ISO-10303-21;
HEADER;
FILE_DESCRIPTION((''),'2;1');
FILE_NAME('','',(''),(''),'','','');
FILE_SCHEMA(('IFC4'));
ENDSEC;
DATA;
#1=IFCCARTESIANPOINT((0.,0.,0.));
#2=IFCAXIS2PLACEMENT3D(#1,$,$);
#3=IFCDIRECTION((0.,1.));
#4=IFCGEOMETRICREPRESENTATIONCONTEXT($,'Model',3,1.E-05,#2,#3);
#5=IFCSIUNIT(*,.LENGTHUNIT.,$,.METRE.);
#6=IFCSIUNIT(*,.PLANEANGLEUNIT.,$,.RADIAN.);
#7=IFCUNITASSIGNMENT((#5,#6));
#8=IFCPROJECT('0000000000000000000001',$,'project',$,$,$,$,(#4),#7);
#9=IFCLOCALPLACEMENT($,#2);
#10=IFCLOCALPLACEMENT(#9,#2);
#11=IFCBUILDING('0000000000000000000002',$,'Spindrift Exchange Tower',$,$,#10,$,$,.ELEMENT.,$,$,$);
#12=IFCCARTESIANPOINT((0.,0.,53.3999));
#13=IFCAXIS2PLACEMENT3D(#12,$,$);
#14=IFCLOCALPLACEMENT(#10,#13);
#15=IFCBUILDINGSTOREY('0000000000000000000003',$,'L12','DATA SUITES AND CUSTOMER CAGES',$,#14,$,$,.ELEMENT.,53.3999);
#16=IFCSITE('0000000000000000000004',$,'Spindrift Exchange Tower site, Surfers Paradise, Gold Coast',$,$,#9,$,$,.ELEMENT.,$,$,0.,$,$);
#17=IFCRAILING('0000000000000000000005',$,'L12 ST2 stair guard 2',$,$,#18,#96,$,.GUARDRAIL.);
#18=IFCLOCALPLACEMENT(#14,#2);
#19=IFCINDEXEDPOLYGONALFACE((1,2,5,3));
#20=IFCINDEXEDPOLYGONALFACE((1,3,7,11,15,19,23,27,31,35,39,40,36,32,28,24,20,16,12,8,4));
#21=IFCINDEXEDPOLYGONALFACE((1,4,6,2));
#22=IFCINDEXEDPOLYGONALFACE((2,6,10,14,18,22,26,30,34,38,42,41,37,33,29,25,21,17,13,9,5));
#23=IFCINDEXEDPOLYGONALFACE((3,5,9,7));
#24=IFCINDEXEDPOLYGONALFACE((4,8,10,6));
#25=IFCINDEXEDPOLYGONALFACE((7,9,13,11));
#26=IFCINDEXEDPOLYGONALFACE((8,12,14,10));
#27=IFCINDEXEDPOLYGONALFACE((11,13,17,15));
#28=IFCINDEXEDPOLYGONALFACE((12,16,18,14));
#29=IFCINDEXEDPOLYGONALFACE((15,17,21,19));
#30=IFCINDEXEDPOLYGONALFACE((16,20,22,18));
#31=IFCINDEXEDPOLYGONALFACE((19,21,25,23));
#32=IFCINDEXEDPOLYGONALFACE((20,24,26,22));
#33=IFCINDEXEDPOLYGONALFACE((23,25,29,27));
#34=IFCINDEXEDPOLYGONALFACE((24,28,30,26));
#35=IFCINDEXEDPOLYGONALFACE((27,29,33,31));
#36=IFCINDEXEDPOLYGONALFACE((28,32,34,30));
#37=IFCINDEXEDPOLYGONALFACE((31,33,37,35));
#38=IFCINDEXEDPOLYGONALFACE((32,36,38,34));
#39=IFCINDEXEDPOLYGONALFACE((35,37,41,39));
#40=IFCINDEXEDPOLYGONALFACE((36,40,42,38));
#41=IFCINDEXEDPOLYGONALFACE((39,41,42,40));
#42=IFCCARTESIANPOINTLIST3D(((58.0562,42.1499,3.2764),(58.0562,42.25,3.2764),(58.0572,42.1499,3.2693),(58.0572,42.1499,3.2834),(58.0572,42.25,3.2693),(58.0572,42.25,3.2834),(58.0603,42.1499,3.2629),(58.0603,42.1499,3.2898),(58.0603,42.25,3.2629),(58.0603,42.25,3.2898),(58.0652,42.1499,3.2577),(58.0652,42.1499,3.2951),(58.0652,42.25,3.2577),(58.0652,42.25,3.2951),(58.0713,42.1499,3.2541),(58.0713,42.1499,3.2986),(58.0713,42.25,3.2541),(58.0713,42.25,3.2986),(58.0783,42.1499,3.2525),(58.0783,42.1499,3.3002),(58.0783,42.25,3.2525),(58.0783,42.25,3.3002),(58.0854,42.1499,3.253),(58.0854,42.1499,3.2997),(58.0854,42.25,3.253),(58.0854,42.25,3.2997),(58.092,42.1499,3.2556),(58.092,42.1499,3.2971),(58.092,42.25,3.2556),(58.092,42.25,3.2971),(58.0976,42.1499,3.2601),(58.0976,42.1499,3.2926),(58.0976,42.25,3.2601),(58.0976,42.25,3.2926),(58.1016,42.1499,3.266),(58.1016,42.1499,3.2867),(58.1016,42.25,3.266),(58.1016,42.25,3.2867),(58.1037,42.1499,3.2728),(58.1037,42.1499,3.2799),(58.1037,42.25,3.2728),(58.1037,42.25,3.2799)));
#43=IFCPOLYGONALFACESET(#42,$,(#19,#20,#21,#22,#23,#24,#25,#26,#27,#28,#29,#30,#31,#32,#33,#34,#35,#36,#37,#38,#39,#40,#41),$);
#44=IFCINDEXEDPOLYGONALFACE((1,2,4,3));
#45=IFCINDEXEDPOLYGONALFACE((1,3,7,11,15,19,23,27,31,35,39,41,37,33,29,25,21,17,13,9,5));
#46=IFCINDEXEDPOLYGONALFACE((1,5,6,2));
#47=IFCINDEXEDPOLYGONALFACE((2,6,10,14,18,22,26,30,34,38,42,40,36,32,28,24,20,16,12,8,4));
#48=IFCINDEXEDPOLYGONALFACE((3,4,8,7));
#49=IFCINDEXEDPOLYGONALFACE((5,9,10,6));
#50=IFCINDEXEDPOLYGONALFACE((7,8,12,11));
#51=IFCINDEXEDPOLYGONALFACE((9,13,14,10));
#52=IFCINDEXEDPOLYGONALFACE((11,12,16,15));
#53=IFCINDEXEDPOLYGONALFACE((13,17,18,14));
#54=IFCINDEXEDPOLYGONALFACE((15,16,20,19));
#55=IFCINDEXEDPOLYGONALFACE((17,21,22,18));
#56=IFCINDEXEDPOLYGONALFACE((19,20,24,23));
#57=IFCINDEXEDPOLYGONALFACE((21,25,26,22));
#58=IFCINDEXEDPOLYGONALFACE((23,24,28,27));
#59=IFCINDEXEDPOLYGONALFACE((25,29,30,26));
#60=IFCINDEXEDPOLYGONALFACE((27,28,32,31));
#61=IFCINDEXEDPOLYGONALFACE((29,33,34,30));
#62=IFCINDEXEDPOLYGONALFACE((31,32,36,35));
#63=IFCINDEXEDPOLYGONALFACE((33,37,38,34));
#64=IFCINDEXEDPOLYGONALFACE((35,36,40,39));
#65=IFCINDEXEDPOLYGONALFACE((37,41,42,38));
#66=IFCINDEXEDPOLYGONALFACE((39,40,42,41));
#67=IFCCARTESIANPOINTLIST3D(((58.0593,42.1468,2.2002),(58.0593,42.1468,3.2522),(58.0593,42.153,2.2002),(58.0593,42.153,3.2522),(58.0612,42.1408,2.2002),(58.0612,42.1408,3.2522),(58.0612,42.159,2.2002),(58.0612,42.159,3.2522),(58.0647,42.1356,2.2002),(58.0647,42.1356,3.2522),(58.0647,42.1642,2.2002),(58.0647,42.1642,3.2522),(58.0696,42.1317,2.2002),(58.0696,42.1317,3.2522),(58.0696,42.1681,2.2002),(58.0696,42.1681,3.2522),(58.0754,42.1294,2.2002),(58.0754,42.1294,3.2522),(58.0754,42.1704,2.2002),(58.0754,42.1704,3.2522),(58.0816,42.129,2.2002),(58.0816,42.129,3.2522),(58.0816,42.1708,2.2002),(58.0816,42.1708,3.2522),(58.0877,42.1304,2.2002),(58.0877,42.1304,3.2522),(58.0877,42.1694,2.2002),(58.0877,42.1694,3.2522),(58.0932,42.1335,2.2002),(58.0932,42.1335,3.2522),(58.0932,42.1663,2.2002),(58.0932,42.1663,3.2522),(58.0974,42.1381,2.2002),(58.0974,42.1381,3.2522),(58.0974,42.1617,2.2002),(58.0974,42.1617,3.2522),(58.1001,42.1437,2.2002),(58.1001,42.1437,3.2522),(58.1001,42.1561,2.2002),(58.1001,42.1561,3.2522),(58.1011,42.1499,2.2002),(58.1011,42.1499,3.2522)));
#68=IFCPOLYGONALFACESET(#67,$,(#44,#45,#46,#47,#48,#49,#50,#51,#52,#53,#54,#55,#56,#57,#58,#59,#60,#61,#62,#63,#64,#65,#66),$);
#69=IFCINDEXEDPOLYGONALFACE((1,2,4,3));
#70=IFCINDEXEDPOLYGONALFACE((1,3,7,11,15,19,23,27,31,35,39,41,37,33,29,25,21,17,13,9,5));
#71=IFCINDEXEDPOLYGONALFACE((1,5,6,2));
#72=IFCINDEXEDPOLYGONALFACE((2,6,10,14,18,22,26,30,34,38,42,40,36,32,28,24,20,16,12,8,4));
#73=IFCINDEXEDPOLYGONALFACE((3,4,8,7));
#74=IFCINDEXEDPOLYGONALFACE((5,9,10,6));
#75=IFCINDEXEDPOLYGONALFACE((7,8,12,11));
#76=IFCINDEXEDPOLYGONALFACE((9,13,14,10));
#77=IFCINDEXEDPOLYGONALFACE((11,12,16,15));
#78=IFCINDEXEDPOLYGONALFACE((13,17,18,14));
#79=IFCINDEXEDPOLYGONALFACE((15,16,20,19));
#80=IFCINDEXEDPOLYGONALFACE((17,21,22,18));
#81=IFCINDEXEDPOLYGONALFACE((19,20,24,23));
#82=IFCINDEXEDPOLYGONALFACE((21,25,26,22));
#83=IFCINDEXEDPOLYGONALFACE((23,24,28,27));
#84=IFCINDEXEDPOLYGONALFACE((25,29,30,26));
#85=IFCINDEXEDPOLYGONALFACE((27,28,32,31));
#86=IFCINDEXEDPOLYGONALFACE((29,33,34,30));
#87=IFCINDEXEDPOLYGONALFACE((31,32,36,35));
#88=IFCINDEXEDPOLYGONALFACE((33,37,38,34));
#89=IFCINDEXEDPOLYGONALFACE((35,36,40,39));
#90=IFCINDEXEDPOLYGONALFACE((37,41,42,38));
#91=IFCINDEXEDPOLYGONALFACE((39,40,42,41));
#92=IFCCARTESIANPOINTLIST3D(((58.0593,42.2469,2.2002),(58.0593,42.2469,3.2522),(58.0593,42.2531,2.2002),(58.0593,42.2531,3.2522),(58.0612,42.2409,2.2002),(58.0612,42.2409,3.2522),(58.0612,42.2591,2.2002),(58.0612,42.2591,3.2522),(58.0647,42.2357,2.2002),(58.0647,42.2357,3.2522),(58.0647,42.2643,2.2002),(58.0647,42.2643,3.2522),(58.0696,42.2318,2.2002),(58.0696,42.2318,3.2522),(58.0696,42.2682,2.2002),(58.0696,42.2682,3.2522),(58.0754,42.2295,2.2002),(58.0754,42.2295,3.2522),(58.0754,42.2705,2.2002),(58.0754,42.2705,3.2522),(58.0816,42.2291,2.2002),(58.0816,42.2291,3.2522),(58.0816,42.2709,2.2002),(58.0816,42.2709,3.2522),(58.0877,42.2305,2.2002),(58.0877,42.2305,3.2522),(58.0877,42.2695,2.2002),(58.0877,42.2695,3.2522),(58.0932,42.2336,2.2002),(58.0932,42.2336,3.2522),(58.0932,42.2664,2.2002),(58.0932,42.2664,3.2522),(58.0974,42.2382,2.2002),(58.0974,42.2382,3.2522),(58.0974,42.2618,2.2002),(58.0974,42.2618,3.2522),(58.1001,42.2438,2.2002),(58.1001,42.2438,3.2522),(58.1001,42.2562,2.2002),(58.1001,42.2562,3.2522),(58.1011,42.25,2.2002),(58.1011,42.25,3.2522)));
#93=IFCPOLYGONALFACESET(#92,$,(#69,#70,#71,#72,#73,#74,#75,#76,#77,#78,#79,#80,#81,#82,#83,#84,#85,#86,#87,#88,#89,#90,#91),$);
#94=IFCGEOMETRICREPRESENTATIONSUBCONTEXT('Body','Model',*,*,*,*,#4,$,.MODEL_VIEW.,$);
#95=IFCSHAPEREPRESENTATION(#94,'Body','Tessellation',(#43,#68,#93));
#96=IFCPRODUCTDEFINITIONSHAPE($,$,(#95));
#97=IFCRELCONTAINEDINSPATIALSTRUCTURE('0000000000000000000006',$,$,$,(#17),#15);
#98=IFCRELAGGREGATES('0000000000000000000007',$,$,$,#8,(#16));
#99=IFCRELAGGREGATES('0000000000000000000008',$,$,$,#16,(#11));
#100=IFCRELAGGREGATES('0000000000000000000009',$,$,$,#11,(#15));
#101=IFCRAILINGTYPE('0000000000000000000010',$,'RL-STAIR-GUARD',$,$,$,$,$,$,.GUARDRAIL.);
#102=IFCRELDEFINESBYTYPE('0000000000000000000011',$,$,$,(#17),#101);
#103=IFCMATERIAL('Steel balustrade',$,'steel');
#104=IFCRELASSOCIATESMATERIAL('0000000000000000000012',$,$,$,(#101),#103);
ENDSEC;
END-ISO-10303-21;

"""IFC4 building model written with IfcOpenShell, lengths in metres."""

from ifc_helpers import new_model, si_unit, direction, frame, origin, origin_2d, place, context, subcontext, project, spatial, circle, extrude, material, type_object, element, save


model = new_model("IFC4")

# Units and contexts
model_context = context("Model", 3, precision=1e-05, world=origin(), true_north=direction((0.0, 1.0)))
body_context = subcontext(model_context, "Body", "Model", "MODEL_VIEW")
ifc_project = project(units=[si_unit("LENGTHUNIT", "METRE"), si_unit("PLANEANGLEUNIT", "RADIAN")], contexts=[model_context])

# Site, building, storey
site_placement = place(None, origin())
site = spatial("IfcSite", under=ifc_project, at=site_placement, Name="Spindrift Exchange Tower site, Surfers Paradise, Gold Coast", CompositionType="ELEMENT", RefElevation=0.0)
building_placement = place(site_placement, origin())
building = spatial("IfcBuilding", under=site, at=building_placement, Name="Spindrift Exchange Tower", CompositionType="ELEMENT")
storey_placement = place(building_placement, frame((0.0, 0.0, 53.3999)))
storey = spatial("IfcBuildingStorey", under=building, at=storey_placement, Name="L12", Description="DATA SUITES AND CUSTOMER CAGES", CompositionType="ELEMENT", Elevation=53.3999)

# Railing
ifc_material_1 = material(Name="Steel balustrade", Category="steel")
railing_type_1 = type_object("IfcRailingType", Name="RL-STAIR-GUARD", PredefinedType="GUARDRAIL", material=ifc_material_1)
railing_1_placement = place(storey_placement, frame((58.0801, 42.1499, 2.2002)))
element("IfcRailing", 1, at=railing_1_placement, inside=storey, type_object=railing_type_1, Name="L12 ST2 stair guard 2", PredefinedType="GUARDRAIL", context=body_context, shape_type="SweptSolid", body=[
    extrude(circle(Radius=0.0239, at=origin_2d()), frame((0.0, 0.0, 1.0762), z_axis=(0.0, 1.0, 0.0), x_axis=(-1.0, 0.0, 0.0)), (0.0, 0.0, 1.0), 0.1001),
    extrude(circle(Radius=0.021, at=origin_2d()), origin(), (0.0, 0.0, 1.0), 1.052),
    extrude(circle(Radius=0.021, at=origin_2d()), frame((0.0, 0.1001, 0.0)), (0.0, 0.0, 1.0), 1.052),
])

save(model, "model.ifc")
